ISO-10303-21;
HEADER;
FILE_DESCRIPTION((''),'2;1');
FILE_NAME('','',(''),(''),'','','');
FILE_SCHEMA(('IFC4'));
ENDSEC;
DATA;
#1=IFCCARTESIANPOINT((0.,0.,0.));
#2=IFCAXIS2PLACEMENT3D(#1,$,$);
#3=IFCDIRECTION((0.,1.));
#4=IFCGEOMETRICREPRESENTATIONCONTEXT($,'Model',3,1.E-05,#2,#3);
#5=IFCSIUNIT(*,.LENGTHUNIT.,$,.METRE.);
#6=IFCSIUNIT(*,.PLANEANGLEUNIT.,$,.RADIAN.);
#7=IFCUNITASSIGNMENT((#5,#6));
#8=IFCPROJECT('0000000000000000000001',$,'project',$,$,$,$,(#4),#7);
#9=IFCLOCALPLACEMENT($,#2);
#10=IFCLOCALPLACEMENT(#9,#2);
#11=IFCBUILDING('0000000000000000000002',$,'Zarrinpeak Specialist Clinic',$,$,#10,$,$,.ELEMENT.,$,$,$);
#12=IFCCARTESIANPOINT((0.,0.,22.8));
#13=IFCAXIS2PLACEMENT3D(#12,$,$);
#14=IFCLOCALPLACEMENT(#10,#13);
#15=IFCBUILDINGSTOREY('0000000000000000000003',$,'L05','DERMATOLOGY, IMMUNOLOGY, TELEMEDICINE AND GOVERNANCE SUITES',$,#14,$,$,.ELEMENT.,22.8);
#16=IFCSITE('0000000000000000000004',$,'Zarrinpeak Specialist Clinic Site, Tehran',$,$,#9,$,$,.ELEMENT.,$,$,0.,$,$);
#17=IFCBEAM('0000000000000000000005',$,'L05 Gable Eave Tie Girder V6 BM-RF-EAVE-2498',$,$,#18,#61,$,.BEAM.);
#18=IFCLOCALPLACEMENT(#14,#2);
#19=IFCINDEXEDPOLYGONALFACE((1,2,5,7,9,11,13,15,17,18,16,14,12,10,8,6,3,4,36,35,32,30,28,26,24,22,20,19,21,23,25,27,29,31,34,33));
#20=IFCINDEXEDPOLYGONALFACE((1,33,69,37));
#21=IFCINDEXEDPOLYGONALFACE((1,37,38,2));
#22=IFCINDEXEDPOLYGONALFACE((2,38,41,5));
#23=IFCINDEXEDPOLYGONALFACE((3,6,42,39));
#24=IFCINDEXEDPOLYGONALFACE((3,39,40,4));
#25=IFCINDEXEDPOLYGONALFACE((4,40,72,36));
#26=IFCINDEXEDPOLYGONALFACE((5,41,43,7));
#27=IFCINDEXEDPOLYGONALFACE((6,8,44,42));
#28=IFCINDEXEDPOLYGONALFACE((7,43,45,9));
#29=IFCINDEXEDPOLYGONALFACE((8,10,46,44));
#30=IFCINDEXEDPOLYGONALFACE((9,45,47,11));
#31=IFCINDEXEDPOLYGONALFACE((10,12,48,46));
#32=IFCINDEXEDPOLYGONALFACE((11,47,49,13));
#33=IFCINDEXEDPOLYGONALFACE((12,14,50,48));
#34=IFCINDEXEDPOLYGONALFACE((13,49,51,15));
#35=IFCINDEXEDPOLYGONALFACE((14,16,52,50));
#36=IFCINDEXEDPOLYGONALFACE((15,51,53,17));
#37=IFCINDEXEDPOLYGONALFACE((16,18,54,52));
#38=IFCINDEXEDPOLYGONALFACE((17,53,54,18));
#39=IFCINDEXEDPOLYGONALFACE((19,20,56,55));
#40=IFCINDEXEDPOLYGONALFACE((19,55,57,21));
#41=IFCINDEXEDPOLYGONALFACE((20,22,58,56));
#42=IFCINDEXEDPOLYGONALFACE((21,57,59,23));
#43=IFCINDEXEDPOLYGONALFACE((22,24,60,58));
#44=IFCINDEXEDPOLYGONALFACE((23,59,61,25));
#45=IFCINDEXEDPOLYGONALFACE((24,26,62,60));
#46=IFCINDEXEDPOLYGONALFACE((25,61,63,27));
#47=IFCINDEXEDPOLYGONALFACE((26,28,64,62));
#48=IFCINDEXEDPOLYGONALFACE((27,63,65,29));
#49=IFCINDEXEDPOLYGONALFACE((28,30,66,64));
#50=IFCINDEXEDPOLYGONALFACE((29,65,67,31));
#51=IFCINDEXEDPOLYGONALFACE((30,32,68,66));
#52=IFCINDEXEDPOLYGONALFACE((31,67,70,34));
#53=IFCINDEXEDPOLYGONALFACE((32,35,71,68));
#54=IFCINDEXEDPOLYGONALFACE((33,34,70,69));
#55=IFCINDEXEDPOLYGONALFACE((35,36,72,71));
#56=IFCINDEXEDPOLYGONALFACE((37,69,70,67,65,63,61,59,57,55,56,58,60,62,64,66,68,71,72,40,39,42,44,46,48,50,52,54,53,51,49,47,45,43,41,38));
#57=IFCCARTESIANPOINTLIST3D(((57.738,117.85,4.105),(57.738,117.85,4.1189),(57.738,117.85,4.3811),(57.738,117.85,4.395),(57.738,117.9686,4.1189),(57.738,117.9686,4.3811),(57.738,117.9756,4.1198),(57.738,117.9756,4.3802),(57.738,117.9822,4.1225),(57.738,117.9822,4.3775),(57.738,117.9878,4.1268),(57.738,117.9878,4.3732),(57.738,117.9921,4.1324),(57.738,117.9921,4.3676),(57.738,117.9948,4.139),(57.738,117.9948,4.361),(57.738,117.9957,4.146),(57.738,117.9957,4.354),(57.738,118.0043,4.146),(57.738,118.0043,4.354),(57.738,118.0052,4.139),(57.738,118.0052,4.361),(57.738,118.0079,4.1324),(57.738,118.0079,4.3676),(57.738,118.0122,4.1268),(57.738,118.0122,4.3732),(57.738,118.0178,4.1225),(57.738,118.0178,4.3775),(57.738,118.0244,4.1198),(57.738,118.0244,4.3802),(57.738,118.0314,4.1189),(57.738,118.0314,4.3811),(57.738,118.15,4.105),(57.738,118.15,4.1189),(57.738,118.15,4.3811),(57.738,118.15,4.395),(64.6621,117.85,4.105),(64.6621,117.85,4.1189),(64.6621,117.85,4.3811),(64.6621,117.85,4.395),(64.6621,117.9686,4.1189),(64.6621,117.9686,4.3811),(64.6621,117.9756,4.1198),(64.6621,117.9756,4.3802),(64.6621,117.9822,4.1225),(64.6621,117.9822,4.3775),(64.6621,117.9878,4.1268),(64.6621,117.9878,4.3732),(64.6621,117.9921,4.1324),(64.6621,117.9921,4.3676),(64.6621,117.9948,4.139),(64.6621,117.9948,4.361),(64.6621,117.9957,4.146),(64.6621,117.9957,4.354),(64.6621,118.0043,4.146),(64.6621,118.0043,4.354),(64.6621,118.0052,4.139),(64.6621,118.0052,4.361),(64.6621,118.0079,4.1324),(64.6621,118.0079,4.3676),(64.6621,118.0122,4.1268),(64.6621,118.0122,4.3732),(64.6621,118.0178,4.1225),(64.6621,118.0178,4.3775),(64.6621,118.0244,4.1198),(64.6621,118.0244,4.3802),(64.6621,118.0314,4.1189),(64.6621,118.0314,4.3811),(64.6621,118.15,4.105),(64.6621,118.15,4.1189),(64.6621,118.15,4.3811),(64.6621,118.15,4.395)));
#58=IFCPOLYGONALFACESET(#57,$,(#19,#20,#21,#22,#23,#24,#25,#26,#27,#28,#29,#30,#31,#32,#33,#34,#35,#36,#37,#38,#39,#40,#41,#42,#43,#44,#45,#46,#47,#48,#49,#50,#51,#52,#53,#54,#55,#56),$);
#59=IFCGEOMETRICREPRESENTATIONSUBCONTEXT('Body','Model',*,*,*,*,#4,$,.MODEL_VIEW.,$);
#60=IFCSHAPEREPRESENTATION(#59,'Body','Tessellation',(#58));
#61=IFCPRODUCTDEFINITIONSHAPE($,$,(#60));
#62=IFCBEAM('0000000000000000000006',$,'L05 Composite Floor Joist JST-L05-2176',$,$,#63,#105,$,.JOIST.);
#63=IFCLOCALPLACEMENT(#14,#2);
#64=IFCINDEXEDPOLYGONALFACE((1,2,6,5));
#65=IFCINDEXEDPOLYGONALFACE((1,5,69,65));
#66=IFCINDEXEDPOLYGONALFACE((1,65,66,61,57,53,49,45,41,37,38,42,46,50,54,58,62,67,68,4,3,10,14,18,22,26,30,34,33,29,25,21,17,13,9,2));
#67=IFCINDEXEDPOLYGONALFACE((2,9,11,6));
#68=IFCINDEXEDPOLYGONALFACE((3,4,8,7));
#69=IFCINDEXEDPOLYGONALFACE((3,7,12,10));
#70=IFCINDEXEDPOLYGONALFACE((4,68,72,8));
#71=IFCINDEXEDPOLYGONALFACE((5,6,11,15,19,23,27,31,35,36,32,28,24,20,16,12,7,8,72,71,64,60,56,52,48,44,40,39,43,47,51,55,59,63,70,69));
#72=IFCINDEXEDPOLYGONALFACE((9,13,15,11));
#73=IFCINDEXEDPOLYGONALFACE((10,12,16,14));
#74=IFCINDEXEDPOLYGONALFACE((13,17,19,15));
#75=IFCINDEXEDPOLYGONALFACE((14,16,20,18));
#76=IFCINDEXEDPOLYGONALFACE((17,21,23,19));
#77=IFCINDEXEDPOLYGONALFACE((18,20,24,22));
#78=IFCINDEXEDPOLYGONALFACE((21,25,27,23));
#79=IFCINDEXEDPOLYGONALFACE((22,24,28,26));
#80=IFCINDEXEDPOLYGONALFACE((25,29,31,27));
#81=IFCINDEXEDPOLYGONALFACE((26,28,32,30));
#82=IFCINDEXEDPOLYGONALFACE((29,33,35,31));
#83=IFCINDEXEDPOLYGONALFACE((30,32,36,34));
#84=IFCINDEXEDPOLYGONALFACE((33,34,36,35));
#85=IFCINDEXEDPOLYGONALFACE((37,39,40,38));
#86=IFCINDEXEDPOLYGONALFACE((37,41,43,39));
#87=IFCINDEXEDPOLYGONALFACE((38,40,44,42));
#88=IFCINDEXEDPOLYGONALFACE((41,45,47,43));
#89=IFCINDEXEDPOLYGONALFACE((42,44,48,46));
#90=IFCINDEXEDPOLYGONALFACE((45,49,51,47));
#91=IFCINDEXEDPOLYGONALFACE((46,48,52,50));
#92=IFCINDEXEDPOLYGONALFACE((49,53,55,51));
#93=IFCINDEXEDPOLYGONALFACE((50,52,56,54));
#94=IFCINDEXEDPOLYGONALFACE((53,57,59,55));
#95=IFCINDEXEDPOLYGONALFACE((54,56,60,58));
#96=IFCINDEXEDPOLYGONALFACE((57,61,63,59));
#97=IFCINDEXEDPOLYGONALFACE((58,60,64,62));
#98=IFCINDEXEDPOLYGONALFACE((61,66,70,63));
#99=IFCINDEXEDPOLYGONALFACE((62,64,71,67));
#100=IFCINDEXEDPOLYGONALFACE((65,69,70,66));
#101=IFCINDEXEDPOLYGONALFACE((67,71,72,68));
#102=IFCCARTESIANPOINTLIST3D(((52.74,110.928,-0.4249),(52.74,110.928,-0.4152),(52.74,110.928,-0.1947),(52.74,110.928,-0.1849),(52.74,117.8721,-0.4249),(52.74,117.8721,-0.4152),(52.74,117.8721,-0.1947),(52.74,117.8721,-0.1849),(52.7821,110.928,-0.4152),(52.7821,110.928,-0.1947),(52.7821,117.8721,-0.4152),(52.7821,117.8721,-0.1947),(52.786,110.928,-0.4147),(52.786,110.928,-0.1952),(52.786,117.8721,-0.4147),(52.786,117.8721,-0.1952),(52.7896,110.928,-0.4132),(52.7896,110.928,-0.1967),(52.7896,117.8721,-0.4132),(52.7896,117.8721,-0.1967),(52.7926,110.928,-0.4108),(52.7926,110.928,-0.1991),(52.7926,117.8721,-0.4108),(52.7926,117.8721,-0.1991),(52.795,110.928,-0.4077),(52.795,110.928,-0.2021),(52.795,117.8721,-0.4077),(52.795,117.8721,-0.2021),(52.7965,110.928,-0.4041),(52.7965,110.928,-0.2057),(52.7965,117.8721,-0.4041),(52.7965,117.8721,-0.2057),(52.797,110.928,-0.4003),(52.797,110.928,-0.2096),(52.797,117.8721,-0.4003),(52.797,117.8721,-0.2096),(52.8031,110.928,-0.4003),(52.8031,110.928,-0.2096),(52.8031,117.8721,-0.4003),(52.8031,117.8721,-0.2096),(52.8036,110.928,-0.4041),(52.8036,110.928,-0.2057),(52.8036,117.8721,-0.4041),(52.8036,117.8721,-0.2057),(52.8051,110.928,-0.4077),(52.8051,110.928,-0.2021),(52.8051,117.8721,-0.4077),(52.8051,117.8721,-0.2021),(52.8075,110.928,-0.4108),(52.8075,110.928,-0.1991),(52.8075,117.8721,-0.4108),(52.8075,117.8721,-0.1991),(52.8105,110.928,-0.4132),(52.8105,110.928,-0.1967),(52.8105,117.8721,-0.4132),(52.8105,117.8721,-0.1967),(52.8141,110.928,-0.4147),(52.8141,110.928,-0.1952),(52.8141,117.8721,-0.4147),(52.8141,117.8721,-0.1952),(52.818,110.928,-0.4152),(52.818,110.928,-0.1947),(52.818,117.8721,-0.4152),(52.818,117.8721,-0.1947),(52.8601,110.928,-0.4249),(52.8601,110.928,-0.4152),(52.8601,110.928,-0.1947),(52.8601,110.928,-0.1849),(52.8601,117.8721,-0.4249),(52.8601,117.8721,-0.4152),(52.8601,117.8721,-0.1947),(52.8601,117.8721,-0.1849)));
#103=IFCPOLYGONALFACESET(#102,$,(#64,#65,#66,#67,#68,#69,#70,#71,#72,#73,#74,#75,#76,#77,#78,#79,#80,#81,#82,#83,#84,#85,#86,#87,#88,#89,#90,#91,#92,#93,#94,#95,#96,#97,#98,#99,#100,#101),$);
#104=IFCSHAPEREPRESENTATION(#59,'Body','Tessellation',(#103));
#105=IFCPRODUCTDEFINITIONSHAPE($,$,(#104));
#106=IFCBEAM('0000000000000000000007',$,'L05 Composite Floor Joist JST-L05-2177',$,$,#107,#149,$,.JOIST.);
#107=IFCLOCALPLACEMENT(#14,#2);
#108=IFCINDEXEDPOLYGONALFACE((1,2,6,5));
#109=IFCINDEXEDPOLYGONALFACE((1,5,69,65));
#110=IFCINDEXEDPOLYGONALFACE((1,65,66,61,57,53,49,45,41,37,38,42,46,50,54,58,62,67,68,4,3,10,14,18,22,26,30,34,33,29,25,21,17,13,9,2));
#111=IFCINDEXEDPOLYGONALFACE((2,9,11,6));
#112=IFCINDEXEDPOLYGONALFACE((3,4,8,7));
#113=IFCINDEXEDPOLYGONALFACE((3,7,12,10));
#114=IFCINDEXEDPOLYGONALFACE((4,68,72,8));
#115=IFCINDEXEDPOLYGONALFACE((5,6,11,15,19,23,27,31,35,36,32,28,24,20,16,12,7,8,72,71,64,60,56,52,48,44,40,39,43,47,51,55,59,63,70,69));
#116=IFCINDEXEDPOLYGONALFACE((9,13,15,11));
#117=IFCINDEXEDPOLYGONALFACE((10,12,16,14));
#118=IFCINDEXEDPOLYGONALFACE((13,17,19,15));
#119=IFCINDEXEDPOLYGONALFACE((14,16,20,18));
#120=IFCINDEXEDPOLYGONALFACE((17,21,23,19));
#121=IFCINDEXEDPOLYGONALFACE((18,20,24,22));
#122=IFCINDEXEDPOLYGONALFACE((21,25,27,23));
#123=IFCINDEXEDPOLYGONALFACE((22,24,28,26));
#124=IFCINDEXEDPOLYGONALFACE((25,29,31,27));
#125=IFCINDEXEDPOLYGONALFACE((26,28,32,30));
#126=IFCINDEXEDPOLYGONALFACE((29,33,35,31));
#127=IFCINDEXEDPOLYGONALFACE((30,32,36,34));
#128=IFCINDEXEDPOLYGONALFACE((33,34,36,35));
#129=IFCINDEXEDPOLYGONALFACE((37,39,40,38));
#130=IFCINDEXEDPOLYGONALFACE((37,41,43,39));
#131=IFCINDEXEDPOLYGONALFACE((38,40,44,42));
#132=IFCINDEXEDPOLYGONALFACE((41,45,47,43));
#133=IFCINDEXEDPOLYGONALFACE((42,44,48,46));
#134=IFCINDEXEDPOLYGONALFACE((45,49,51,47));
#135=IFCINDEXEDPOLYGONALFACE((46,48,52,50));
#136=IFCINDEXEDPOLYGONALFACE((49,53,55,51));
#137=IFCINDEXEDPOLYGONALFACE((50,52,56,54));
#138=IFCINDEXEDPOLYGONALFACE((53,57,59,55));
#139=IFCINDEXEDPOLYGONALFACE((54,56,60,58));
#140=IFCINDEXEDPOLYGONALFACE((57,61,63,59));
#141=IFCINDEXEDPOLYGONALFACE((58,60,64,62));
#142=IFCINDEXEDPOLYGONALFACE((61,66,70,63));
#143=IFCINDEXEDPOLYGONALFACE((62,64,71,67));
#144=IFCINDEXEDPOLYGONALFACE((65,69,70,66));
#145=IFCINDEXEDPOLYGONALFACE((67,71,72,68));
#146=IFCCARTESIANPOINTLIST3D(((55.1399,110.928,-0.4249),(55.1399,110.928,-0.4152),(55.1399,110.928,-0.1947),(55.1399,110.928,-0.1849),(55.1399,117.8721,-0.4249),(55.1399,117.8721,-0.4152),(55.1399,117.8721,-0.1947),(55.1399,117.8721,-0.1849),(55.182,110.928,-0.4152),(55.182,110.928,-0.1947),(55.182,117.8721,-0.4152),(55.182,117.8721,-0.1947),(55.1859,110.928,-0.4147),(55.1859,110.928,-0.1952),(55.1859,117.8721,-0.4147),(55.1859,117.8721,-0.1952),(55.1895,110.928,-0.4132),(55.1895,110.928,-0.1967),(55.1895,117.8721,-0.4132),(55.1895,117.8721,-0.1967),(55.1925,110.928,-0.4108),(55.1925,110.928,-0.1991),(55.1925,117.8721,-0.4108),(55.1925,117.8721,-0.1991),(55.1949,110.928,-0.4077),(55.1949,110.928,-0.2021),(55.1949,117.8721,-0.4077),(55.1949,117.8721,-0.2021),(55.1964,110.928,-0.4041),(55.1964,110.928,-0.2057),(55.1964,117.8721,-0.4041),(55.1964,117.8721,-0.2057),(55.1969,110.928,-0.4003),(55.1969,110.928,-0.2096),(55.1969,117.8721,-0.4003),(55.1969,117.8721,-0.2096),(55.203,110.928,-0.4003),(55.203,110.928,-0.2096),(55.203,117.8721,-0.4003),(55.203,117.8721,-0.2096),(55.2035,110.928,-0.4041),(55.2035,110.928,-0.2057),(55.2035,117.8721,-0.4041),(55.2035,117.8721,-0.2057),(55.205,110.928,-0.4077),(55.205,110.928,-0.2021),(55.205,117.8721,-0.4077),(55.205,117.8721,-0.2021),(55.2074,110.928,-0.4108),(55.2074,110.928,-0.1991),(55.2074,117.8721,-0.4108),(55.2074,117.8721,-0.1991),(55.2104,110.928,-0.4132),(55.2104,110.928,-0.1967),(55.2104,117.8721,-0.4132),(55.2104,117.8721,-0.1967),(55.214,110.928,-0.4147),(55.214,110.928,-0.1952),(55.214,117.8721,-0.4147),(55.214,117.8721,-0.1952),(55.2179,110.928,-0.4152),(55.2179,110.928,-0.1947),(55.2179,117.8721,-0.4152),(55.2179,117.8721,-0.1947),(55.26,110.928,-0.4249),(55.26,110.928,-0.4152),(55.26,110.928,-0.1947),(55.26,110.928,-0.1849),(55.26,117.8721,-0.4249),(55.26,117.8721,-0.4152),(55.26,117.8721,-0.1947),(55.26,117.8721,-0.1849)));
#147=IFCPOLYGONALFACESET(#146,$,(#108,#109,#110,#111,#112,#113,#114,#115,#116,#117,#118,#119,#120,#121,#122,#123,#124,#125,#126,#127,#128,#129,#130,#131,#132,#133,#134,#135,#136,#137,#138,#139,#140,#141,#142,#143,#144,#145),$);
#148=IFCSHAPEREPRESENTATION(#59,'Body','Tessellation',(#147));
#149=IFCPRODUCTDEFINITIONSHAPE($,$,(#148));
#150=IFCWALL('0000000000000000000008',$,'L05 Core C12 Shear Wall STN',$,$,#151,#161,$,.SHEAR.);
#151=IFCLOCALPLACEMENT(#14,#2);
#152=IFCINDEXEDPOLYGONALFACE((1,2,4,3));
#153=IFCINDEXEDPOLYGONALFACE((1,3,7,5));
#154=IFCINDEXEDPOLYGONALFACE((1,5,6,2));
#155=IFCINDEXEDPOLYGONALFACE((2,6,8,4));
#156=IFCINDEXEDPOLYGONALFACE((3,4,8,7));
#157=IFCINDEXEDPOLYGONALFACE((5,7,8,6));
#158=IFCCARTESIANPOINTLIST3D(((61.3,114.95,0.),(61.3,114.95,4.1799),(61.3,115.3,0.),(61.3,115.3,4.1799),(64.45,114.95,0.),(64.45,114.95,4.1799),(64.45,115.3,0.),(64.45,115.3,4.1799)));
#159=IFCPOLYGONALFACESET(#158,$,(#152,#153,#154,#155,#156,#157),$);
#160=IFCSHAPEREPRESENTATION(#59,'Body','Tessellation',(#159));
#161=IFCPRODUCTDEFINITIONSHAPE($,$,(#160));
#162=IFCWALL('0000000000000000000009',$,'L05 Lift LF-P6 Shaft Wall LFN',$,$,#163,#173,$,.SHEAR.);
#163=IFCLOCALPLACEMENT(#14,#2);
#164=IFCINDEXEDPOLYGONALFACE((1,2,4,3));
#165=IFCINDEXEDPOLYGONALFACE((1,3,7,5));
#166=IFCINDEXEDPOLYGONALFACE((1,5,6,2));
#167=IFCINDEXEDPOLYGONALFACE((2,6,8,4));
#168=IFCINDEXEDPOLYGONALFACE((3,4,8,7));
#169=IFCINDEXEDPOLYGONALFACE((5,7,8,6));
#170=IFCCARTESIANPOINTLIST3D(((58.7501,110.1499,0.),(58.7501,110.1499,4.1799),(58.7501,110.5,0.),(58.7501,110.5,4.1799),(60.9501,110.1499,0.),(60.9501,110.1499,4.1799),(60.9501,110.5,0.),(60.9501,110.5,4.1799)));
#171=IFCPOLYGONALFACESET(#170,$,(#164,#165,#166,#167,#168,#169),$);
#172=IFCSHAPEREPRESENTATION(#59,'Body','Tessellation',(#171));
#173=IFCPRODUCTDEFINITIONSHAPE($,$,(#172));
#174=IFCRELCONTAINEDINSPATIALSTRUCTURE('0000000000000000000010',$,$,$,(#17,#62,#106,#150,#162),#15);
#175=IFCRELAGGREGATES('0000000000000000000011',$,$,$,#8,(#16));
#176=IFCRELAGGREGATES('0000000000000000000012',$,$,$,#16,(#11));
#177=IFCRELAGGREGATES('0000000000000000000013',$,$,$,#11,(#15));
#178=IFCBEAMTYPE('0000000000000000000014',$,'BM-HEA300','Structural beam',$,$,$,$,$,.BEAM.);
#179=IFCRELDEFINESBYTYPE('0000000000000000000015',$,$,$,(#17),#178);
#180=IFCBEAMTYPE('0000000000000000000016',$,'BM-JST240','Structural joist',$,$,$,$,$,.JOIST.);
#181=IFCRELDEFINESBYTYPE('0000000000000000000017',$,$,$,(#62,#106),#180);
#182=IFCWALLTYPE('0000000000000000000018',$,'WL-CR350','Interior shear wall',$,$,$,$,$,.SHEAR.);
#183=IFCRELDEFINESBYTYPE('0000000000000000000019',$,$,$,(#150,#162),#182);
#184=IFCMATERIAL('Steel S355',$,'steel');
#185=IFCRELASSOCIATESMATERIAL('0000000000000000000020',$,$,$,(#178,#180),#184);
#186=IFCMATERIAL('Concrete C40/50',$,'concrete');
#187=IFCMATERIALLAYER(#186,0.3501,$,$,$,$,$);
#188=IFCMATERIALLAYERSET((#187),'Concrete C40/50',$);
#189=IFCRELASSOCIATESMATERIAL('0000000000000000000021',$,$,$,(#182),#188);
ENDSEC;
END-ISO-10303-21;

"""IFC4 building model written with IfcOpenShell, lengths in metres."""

from ifc_helpers import new_model, si_unit, direction, frame, frame_2d, origin, origin_2d, place, context, subcontext, project, spatial, rectangle, i_section, extrude, material, layer, layer_set, material_profile, profile_set, type_object, element, save


model = new_model("IFC4")

# Units and contexts
model_context = context("Model", 3, precision=1e-05, world=origin(), true_north=direction((0.0, 1.0)))
body_context = subcontext(model_context, "Body", "Model", "MODEL_VIEW")
ifc_project = project(units=[si_unit("LENGTHUNIT", "METRE"), si_unit("PLANEANGLEUNIT", "RADIAN")], contexts=[model_context])

# Site, building, storey
site_placement = place(None, origin())
site = spatial("IfcSite", under=ifc_project, at=site_placement, Name="Zarrinpeak Specialist Clinic Site, Tehran", CompositionType="ELEMENT", RefElevation=0.0)
building_placement = place(site_placement, origin())
building = spatial("IfcBuilding", under=site, at=building_placement, Name="Zarrinpeak Specialist Clinic", CompositionType="ELEMENT")
storey_placement = place(building_placement, frame((0.0, 0.0, 22.8)))
storey = spatial("IfcBuildingStorey", under=building, at=storey_placement, Name="L05", Description="DERMATOLOGY, IMMUNOLOGY, TELEMEDICINE AND GOVERNANCE SUITES", CompositionType="ELEMENT", Elevation=22.8)

# Shared definitions
ifc_material_1 = material(Name="Steel S355", Category="steel")

# Beams
ifc_material_profile_1 = material_profile(ifc_material_1, i_section(OverallWidth=0.3, OverallDepth=0.29, WebThickness=0.0085, FlangeThickness=0.0139, FilletRadius=0.0271, at=origin_2d()), Name="HEA 300")
ifc_profile_set_1 = profile_set([ifc_material_profile_1], Name="Steel S355")
beam_type_1 = type_object("IfcBeamType", Name="BM-HEA300", Description="Structural beam", PredefinedType="BEAM", material=ifc_profile_set_1)
beam_1_placement = place(storey_placement, frame((57.738, 118.0, 4.25), z_axis=(1.0, 0.0, 0.0), x_axis=(0.0, 1.0, 0.0)))
element("IfcBeam", 1, at=beam_1_placement, inside=storey, type_object=beam_type_1, Name="L05 Gable Eave Tie Girder V6 BM-RF-EAVE-2498", PredefinedType="BEAM", context=body_context, shape_type="SweptSolid", body=[
    extrude(i_section(OverallWidth=0.3, OverallDepth=0.29, WebThickness=0.0085, FlangeThickness=0.0139, FilletRadius=0.0271, at=origin_2d()), origin(), (0.0, 0.0, 1.0), 6.9241),
])
ifc_material_profile_2 = material_profile(ifc_material_1, i_section(OverallWidth=0.1201, OverallDepth=0.24, WebThickness=0.0061, FlangeThickness=0.0098, FilletRadius=0.0149, at=origin_2d()), Name="IPE 240")
ifc_profile_set_2 = profile_set([ifc_material_profile_2], Name="Steel S355")
beam_type_2 = type_object("IfcBeamType", Name="BM-JST240", Description="Structural joist", PredefinedType="JOIST", material=ifc_profile_set_2)
for number, where, z_axis, x_axis, name in (
    (2, (52.8, 110.928, -0.3049), (0.0, 1.0, 0.0), (-1.0, 0.0, 0.0), "L05 Composite Floor Joist JST-L05-2176"),
    (3, (55.2, 110.928, -0.3049), (0.0, 1.0, 0.0), (-1.0, 0.0, 0.0), "L05 Composite Floor Joist JST-L05-2177"),
):
    element("IfcBeam", number, at=place(storey_placement, frame(where, z_axis=z_axis, x_axis=x_axis)), inside=storey, type_object=beam_type_2, Name=name, PredefinedType="JOIST", context=body_context, shape_type="SweptSolid", body=[
        extrude(i_section(OverallWidth=0.1201, OverallDepth=0.24, WebThickness=0.0061, FlangeThickness=0.0098, FilletRadius=0.0149, at=origin_2d()), origin(), (0.0, 0.0, 1.0), 6.9441),
    ])

# Walls
ifc_material_2 = material(Name="Concrete C40/50", Category="concrete")
ifc_layer_1 = layer(ifc_material_2, 0.3501)
ifc_layer_set_1 = layer_set([ifc_layer_1], Name="Concrete C40/50")
wall_type_1 = type_object("IfcWallType", Name="WL-CR350", Description="Interior shear wall", PredefinedType="SHEAR", material=ifc_layer_set_1)
wall_1_placement = place(storey_placement, frame((61.3, 115.125, 0.0), z_axis=(0.0, 0.0, 1.0), x_axis=(1.0, 0.0, 0.0)))
element("IfcWall", 4, at=wall_1_placement, inside=storey, type_object=wall_type_1, Name="L05 Core C12 Shear Wall STN", PredefinedType="SHEAR", context=body_context, shape_type="SweptSolid", body=[
    extrude(rectangle(XDim=3.1499, YDim=0.3501, at=frame_2d((1.575, 0.0))), origin(), (0.0, 0.0, 1.0), 4.1799),
])
wall_2_placement = place(storey_placement, frame((58.75, 110.325, 0.0), z_axis=(0.0, 0.0, 1.0), x_axis=(1.0, 0.0, 0.0)))
element("IfcWall", 5, at=wall_2_placement, inside=storey, type_object=wall_type_1, Name="L05 Lift LF-P6 Shaft Wall LFN", PredefinedType="SHEAR", context=body_context, shape_type="SweptSolid", body=[
    extrude(rectangle(XDim=2.2, YDim=0.3501, at=frame_2d((1.1001, 0.0))), origin(), (0.0, 0.0, 1.0), 4.1799),
])

save(model, "model.ifc")
